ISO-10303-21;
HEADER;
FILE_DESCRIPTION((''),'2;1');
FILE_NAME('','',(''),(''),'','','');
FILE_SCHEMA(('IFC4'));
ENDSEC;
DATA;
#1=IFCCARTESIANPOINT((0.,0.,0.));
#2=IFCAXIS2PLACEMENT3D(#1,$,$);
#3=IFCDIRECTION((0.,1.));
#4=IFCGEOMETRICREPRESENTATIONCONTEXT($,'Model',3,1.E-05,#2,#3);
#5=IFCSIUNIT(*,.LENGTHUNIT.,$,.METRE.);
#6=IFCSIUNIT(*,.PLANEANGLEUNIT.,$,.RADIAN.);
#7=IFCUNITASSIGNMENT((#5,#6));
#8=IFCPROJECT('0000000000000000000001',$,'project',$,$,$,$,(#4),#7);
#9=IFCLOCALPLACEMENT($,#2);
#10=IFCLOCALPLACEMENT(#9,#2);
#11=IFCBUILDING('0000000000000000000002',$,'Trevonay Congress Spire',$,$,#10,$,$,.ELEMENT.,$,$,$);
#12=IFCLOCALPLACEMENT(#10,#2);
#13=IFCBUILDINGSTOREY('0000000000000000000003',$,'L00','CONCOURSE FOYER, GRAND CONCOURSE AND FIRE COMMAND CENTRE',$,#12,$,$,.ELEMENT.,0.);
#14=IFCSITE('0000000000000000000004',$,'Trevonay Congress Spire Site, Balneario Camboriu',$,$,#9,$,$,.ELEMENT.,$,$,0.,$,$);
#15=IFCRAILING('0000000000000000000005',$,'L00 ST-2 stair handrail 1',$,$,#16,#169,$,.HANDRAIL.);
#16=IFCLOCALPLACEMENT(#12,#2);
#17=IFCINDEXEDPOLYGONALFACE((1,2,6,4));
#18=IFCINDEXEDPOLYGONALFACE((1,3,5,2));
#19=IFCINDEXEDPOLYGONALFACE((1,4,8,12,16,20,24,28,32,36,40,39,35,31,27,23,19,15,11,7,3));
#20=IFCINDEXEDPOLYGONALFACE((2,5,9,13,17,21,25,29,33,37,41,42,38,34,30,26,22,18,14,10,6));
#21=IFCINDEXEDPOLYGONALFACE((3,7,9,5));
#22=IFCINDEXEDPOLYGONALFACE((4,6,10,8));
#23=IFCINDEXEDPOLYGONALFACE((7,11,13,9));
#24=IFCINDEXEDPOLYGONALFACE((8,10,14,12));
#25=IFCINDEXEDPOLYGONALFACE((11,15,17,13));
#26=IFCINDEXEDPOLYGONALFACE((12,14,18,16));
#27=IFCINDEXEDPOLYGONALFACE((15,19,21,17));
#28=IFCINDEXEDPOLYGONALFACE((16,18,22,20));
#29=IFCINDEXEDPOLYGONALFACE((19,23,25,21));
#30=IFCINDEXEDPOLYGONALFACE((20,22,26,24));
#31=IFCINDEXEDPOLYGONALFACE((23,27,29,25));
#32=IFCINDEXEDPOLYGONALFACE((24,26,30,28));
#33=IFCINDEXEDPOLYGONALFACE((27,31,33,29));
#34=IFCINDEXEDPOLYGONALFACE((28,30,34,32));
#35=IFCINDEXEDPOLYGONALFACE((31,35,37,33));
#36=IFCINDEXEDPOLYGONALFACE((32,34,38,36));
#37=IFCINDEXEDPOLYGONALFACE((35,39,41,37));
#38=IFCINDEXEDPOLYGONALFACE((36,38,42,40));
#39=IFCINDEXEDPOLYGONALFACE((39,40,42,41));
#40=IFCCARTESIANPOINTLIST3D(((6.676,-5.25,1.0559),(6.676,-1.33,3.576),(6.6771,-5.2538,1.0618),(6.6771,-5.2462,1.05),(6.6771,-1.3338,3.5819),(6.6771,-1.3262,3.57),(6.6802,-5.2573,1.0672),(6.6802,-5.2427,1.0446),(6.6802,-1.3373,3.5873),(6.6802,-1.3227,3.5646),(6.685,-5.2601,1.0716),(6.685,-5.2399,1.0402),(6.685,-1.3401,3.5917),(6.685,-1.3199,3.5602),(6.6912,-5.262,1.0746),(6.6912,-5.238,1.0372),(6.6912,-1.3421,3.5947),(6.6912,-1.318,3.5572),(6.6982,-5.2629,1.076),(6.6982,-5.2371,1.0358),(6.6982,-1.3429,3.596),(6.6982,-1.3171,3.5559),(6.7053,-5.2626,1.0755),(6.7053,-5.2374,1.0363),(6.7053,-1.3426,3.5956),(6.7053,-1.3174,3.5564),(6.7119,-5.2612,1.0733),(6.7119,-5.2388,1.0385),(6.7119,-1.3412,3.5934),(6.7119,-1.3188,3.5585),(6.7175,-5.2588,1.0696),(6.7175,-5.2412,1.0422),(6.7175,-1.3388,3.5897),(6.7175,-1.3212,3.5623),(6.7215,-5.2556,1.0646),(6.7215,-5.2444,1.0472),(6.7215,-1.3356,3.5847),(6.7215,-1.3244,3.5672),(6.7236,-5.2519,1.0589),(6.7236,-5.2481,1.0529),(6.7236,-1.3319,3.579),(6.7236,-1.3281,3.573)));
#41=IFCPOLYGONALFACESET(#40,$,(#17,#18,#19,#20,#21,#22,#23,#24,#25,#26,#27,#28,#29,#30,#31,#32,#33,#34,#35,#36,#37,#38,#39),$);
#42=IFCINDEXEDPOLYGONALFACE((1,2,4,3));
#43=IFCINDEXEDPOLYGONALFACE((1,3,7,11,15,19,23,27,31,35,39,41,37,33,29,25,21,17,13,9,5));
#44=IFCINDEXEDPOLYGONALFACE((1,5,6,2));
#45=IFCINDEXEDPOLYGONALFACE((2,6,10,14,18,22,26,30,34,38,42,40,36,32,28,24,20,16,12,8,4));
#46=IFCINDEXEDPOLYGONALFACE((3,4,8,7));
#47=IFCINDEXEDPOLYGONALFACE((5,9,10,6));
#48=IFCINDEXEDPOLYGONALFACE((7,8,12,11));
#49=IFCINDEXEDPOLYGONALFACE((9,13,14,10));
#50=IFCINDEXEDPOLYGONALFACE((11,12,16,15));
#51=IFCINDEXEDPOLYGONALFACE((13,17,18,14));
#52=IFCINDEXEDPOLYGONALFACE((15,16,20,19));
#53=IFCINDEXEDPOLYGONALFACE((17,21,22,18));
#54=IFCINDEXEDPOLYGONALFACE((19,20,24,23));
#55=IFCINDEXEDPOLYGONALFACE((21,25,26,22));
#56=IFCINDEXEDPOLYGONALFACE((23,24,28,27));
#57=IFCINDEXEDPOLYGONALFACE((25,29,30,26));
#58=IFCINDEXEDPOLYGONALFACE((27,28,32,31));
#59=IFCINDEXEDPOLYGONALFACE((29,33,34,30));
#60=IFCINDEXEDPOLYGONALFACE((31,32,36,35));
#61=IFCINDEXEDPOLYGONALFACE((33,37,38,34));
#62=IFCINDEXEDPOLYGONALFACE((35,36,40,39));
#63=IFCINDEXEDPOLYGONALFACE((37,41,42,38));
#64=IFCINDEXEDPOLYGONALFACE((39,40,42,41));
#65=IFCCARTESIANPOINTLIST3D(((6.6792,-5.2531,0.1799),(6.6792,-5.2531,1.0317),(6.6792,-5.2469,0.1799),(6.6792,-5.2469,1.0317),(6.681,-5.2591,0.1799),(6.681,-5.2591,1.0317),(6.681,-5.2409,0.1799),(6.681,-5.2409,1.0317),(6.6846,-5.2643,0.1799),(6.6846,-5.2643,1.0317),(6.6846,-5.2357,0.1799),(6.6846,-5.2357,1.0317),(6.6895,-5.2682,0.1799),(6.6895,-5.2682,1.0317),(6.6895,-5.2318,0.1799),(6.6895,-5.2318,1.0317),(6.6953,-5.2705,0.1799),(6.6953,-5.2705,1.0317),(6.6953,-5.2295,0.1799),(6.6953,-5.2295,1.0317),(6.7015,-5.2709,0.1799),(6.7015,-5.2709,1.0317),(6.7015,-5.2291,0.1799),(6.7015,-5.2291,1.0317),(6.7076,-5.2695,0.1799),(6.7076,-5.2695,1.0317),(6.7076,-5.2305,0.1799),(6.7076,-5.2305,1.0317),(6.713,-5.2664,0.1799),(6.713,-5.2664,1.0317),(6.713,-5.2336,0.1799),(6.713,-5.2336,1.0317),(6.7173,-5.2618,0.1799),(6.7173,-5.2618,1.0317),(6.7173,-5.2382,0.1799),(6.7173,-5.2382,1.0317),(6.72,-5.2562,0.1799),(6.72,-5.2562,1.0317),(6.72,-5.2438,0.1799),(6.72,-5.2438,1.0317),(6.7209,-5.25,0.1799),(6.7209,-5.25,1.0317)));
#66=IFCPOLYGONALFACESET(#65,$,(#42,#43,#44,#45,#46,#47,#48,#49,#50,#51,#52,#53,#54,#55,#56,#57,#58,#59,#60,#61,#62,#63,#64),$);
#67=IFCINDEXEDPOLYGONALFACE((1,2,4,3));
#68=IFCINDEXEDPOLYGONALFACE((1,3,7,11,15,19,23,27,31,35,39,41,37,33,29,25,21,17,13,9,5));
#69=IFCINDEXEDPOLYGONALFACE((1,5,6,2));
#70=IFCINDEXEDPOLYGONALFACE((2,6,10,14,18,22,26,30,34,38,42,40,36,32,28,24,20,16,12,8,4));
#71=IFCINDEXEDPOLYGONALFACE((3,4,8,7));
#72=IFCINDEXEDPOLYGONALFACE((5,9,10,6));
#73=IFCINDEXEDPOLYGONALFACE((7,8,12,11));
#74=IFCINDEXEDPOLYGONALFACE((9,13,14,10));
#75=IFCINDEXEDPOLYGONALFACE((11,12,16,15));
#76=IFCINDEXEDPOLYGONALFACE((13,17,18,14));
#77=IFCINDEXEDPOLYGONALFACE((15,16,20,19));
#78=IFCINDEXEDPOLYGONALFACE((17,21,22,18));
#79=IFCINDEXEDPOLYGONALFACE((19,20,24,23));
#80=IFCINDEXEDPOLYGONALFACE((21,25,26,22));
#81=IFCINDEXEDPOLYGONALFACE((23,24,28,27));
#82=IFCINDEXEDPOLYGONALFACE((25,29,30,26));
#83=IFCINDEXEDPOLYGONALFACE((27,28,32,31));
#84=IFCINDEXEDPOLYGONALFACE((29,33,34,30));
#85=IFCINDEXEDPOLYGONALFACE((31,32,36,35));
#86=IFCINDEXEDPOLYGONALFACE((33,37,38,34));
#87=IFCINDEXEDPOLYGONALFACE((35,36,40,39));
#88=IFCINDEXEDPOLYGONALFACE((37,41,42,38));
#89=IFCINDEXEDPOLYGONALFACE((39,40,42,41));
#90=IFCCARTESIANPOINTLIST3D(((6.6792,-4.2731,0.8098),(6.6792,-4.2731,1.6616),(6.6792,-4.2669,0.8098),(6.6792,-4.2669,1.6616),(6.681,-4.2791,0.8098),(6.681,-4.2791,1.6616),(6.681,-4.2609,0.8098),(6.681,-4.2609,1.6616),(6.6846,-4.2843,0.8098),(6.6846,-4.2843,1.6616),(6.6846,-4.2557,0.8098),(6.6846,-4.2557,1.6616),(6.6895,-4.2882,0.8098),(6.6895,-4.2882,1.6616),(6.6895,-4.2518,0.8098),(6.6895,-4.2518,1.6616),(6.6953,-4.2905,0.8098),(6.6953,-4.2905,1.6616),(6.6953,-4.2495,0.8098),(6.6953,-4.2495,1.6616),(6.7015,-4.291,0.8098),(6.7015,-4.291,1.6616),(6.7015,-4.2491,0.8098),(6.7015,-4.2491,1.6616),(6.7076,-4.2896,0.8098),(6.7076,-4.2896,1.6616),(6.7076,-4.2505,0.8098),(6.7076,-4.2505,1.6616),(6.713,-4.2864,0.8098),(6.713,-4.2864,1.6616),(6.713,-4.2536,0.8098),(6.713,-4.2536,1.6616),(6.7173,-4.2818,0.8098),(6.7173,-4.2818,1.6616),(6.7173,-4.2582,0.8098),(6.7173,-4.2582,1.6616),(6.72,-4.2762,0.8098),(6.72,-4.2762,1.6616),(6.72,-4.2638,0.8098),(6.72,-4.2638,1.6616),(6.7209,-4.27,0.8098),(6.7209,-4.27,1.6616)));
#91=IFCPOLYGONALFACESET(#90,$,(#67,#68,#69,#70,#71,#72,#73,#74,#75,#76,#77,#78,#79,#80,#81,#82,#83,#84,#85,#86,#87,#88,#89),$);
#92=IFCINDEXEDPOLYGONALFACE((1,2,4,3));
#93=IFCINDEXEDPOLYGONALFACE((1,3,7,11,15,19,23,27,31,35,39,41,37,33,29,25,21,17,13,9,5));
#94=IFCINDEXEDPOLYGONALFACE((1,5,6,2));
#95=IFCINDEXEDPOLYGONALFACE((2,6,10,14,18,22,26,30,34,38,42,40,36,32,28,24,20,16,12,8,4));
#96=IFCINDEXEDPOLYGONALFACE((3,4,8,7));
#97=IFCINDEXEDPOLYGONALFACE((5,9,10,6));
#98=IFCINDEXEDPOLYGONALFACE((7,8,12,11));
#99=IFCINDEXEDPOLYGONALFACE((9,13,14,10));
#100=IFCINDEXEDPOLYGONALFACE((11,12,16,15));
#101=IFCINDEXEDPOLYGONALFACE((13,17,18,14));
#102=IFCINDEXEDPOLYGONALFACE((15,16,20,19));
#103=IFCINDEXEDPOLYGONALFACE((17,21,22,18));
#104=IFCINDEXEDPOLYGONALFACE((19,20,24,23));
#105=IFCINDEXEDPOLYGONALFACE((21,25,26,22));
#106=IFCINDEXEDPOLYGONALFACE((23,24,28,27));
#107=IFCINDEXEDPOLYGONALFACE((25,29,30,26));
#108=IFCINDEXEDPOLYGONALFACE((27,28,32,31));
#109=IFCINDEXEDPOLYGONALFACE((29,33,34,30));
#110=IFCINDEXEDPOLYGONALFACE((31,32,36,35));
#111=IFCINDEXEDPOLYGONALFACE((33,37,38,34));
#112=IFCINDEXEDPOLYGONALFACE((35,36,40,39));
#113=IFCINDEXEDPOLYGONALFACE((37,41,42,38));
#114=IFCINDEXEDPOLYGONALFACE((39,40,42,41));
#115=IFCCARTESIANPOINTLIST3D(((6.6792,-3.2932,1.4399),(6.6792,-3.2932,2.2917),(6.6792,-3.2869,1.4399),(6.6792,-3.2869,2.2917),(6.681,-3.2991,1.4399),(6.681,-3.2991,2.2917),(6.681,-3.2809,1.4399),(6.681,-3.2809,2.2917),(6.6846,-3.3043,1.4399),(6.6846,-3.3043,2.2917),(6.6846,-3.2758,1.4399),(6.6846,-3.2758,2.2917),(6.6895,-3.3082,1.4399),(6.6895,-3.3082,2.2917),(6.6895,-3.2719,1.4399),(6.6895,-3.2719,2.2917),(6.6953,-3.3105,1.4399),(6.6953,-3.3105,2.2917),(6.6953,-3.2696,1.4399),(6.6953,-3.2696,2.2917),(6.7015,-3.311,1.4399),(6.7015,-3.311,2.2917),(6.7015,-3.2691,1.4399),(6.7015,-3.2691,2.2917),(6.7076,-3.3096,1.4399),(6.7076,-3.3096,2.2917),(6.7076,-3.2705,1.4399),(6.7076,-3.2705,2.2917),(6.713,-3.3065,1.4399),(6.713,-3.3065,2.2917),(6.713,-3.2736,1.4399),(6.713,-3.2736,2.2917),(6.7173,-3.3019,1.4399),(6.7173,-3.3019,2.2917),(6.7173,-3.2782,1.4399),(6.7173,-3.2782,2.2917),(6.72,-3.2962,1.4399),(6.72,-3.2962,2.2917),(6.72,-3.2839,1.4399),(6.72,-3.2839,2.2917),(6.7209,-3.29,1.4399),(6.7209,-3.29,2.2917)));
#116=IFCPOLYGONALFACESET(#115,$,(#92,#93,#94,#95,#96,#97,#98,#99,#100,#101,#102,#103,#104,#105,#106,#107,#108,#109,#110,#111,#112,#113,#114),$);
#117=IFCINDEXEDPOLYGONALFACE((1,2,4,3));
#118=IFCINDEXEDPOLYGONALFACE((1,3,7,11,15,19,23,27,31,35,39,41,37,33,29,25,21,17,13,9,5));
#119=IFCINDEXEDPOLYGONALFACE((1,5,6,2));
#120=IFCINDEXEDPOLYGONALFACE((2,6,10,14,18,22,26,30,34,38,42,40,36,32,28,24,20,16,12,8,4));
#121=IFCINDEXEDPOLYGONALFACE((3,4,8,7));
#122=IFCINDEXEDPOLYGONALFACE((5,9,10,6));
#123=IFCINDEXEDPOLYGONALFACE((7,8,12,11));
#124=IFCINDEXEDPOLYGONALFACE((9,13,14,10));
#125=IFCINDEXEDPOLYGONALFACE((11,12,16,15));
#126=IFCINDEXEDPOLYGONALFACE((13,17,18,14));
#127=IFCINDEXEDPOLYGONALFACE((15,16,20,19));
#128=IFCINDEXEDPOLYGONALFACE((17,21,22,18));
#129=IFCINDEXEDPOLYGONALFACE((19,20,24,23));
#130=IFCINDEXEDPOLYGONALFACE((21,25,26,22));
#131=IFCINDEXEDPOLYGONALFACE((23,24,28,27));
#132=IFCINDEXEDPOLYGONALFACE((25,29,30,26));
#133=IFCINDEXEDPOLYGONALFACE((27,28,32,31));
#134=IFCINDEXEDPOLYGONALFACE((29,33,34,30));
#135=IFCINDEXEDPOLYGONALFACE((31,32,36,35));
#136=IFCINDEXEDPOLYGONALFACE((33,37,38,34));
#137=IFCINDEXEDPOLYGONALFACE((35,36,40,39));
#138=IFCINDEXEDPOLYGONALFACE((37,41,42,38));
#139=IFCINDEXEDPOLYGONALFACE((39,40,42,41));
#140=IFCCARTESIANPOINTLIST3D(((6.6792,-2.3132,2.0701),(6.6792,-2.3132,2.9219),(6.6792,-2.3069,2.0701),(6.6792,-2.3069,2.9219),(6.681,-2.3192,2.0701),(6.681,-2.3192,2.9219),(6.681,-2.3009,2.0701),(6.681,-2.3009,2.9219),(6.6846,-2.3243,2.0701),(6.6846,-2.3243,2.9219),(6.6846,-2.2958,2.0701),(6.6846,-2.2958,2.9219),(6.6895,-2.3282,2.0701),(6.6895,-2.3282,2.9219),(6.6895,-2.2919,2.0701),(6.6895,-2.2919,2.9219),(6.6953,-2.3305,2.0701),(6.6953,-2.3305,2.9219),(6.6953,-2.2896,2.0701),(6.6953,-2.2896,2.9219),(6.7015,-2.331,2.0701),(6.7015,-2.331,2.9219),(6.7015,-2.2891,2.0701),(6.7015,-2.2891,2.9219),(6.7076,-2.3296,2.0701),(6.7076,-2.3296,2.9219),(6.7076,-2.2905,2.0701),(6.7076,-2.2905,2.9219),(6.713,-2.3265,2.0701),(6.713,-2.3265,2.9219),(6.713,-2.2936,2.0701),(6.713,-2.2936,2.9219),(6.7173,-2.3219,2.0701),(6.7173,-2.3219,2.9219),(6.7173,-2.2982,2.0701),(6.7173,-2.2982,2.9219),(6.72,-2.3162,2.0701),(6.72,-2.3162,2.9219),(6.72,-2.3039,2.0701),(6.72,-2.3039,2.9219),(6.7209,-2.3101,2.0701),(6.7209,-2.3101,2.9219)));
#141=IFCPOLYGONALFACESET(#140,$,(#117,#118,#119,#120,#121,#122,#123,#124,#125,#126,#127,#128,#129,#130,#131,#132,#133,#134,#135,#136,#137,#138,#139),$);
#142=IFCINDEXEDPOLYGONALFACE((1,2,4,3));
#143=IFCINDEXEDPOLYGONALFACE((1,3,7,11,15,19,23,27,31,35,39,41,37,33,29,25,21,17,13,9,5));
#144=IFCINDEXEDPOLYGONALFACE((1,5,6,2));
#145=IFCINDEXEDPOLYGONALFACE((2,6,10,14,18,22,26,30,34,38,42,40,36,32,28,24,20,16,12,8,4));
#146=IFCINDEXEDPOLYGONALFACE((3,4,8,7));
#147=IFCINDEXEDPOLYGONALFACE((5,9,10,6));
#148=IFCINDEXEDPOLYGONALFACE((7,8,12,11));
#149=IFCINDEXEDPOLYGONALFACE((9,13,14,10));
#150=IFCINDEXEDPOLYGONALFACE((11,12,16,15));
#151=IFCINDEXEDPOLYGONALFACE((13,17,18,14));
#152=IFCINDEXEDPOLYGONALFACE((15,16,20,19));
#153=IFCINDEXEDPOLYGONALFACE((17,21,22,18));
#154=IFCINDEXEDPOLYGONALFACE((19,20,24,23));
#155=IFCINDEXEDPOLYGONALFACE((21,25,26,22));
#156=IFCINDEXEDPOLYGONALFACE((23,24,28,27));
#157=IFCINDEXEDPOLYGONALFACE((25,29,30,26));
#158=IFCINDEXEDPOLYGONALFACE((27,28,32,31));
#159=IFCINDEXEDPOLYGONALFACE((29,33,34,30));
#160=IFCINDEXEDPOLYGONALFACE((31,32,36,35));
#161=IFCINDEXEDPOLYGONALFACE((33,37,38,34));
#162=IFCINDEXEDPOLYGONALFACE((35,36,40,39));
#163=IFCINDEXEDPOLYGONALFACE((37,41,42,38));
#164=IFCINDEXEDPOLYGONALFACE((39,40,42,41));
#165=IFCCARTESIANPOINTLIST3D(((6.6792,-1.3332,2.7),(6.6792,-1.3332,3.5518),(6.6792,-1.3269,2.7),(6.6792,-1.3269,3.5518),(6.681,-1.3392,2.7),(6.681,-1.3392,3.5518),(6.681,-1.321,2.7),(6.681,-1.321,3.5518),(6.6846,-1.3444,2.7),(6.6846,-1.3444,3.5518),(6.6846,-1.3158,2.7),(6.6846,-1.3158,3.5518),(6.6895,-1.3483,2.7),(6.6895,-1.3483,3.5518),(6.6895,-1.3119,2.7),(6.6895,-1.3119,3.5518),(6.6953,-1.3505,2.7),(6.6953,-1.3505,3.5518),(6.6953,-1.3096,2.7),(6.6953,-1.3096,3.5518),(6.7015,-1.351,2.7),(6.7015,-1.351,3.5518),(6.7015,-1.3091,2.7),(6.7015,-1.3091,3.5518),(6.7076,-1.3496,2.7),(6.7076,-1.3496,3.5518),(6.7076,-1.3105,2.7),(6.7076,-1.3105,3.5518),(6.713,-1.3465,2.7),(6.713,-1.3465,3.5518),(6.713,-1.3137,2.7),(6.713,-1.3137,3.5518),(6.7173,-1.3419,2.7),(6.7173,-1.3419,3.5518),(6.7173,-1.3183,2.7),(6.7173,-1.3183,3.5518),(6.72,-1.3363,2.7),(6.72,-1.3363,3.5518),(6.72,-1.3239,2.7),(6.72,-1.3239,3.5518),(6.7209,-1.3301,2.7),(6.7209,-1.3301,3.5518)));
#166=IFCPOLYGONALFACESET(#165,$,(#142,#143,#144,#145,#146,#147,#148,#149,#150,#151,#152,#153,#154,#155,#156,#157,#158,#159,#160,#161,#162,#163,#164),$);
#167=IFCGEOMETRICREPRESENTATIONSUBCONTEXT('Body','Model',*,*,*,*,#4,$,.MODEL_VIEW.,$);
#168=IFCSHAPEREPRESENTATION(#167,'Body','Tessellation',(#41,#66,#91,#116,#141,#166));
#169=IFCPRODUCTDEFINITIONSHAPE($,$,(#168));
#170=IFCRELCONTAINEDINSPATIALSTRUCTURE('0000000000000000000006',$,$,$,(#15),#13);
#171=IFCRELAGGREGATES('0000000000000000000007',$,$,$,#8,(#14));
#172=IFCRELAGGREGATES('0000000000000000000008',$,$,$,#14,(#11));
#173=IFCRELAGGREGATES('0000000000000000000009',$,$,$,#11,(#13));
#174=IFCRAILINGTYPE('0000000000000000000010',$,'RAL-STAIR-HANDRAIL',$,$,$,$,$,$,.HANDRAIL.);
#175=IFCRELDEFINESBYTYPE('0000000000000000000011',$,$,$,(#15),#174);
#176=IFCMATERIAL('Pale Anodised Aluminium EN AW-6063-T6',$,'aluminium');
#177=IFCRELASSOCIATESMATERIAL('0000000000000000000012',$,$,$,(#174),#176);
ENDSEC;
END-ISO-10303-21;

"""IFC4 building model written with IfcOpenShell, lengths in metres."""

from ifc_helpers import new_model, si_unit, direction, frame, origin, origin_2d, place, context, subcontext, project, spatial, circle, extrude, material, type_object, element, save


model = new_model("IFC4")

# Units and contexts
model_context = context("Model", 3, precision=1e-05, world=origin(), true_north=direction((0.0, 1.0)))
body_context = subcontext(model_context, "Body", "Model", "MODEL_VIEW")
ifc_project = project(units=[si_unit("LENGTHUNIT", "METRE"), si_unit("PLANEANGLEUNIT", "RADIAN")], contexts=[model_context])

# Site, building, storey
site_placement = place(None, origin())
site = spatial("IfcSite", under=ifc_project, at=site_placement, Name="Trevonay Congress Spire Site, Balneario Camboriu", CompositionType="ELEMENT", RefElevation=0.0)
building_placement = place(site_placement, origin())
building = spatial("IfcBuilding", under=site, at=building_placement, Name="Trevonay Congress Spire", CompositionType="ELEMENT")
storey_placement = place(building_placement, origin())
storey = spatial("IfcBuildingStorey", under=building, at=storey_placement, Name="L00", Description="CONCOURSE FOYER, GRAND CONCOURSE AND FIRE COMMAND CENTRE", CompositionType="ELEMENT", Elevation=0.0)

# Railing
ifc_material_1 = material(Name="Pale Anodised Aluminium EN AW-6063-T6", Category="aluminium")
railing_type_1 = type_object("IfcRailingType", Name="RAL-STAIR-HANDRAIL", PredefinedType="HANDRAIL", material=ifc_material_1)
railing_1_placement = place(storey_placement, frame((6.7, -5.25, 0.1799)))
element("IfcRailing", 1, at=railing_1_placement, inside=storey, type_object=railing_type_1, Name="L00 ST-2 stair handrail 1", PredefinedType="HANDRAIL", context=body_context, shape_type="SweptSolid", body=[
    extrude(circle(Radius=0.0239, at=origin_2d()), frame((0.0, 0.0, 0.876), z_axis=(0.0, 0.841172, 0.540768), x_axis=(-1.0, 0.0, 0.0)), (0.0, 0.0, 1.0), 4.6602),
    extrude(circle(Radius=0.021, at=origin_2d()), origin(), (0.0, 0.0, 1.0), 0.8518),
    extrude(circle(Radius=0.021, at=origin_2d()), frame((0.0, 0.98, 0.6299)), (0.0, 0.0, 1.0), 0.8518),
    extrude(circle(Radius=0.021, at=origin_2d()), frame((0.0, 1.96, 1.26)), (0.0, 0.0, 1.0), 0.8518),
    extrude(circle(Radius=0.021, at=origin_2d()), frame((0.0, 2.9399, 1.8901)), (0.0, 0.0, 1.0), 0.8518),
    extrude(circle(Radius=0.021, at=origin_2d()), frame((0.0, 3.9199, 2.52)), (0.0, 0.0, 1.0), 0.8518),
])

save(model, "model.ifc")
